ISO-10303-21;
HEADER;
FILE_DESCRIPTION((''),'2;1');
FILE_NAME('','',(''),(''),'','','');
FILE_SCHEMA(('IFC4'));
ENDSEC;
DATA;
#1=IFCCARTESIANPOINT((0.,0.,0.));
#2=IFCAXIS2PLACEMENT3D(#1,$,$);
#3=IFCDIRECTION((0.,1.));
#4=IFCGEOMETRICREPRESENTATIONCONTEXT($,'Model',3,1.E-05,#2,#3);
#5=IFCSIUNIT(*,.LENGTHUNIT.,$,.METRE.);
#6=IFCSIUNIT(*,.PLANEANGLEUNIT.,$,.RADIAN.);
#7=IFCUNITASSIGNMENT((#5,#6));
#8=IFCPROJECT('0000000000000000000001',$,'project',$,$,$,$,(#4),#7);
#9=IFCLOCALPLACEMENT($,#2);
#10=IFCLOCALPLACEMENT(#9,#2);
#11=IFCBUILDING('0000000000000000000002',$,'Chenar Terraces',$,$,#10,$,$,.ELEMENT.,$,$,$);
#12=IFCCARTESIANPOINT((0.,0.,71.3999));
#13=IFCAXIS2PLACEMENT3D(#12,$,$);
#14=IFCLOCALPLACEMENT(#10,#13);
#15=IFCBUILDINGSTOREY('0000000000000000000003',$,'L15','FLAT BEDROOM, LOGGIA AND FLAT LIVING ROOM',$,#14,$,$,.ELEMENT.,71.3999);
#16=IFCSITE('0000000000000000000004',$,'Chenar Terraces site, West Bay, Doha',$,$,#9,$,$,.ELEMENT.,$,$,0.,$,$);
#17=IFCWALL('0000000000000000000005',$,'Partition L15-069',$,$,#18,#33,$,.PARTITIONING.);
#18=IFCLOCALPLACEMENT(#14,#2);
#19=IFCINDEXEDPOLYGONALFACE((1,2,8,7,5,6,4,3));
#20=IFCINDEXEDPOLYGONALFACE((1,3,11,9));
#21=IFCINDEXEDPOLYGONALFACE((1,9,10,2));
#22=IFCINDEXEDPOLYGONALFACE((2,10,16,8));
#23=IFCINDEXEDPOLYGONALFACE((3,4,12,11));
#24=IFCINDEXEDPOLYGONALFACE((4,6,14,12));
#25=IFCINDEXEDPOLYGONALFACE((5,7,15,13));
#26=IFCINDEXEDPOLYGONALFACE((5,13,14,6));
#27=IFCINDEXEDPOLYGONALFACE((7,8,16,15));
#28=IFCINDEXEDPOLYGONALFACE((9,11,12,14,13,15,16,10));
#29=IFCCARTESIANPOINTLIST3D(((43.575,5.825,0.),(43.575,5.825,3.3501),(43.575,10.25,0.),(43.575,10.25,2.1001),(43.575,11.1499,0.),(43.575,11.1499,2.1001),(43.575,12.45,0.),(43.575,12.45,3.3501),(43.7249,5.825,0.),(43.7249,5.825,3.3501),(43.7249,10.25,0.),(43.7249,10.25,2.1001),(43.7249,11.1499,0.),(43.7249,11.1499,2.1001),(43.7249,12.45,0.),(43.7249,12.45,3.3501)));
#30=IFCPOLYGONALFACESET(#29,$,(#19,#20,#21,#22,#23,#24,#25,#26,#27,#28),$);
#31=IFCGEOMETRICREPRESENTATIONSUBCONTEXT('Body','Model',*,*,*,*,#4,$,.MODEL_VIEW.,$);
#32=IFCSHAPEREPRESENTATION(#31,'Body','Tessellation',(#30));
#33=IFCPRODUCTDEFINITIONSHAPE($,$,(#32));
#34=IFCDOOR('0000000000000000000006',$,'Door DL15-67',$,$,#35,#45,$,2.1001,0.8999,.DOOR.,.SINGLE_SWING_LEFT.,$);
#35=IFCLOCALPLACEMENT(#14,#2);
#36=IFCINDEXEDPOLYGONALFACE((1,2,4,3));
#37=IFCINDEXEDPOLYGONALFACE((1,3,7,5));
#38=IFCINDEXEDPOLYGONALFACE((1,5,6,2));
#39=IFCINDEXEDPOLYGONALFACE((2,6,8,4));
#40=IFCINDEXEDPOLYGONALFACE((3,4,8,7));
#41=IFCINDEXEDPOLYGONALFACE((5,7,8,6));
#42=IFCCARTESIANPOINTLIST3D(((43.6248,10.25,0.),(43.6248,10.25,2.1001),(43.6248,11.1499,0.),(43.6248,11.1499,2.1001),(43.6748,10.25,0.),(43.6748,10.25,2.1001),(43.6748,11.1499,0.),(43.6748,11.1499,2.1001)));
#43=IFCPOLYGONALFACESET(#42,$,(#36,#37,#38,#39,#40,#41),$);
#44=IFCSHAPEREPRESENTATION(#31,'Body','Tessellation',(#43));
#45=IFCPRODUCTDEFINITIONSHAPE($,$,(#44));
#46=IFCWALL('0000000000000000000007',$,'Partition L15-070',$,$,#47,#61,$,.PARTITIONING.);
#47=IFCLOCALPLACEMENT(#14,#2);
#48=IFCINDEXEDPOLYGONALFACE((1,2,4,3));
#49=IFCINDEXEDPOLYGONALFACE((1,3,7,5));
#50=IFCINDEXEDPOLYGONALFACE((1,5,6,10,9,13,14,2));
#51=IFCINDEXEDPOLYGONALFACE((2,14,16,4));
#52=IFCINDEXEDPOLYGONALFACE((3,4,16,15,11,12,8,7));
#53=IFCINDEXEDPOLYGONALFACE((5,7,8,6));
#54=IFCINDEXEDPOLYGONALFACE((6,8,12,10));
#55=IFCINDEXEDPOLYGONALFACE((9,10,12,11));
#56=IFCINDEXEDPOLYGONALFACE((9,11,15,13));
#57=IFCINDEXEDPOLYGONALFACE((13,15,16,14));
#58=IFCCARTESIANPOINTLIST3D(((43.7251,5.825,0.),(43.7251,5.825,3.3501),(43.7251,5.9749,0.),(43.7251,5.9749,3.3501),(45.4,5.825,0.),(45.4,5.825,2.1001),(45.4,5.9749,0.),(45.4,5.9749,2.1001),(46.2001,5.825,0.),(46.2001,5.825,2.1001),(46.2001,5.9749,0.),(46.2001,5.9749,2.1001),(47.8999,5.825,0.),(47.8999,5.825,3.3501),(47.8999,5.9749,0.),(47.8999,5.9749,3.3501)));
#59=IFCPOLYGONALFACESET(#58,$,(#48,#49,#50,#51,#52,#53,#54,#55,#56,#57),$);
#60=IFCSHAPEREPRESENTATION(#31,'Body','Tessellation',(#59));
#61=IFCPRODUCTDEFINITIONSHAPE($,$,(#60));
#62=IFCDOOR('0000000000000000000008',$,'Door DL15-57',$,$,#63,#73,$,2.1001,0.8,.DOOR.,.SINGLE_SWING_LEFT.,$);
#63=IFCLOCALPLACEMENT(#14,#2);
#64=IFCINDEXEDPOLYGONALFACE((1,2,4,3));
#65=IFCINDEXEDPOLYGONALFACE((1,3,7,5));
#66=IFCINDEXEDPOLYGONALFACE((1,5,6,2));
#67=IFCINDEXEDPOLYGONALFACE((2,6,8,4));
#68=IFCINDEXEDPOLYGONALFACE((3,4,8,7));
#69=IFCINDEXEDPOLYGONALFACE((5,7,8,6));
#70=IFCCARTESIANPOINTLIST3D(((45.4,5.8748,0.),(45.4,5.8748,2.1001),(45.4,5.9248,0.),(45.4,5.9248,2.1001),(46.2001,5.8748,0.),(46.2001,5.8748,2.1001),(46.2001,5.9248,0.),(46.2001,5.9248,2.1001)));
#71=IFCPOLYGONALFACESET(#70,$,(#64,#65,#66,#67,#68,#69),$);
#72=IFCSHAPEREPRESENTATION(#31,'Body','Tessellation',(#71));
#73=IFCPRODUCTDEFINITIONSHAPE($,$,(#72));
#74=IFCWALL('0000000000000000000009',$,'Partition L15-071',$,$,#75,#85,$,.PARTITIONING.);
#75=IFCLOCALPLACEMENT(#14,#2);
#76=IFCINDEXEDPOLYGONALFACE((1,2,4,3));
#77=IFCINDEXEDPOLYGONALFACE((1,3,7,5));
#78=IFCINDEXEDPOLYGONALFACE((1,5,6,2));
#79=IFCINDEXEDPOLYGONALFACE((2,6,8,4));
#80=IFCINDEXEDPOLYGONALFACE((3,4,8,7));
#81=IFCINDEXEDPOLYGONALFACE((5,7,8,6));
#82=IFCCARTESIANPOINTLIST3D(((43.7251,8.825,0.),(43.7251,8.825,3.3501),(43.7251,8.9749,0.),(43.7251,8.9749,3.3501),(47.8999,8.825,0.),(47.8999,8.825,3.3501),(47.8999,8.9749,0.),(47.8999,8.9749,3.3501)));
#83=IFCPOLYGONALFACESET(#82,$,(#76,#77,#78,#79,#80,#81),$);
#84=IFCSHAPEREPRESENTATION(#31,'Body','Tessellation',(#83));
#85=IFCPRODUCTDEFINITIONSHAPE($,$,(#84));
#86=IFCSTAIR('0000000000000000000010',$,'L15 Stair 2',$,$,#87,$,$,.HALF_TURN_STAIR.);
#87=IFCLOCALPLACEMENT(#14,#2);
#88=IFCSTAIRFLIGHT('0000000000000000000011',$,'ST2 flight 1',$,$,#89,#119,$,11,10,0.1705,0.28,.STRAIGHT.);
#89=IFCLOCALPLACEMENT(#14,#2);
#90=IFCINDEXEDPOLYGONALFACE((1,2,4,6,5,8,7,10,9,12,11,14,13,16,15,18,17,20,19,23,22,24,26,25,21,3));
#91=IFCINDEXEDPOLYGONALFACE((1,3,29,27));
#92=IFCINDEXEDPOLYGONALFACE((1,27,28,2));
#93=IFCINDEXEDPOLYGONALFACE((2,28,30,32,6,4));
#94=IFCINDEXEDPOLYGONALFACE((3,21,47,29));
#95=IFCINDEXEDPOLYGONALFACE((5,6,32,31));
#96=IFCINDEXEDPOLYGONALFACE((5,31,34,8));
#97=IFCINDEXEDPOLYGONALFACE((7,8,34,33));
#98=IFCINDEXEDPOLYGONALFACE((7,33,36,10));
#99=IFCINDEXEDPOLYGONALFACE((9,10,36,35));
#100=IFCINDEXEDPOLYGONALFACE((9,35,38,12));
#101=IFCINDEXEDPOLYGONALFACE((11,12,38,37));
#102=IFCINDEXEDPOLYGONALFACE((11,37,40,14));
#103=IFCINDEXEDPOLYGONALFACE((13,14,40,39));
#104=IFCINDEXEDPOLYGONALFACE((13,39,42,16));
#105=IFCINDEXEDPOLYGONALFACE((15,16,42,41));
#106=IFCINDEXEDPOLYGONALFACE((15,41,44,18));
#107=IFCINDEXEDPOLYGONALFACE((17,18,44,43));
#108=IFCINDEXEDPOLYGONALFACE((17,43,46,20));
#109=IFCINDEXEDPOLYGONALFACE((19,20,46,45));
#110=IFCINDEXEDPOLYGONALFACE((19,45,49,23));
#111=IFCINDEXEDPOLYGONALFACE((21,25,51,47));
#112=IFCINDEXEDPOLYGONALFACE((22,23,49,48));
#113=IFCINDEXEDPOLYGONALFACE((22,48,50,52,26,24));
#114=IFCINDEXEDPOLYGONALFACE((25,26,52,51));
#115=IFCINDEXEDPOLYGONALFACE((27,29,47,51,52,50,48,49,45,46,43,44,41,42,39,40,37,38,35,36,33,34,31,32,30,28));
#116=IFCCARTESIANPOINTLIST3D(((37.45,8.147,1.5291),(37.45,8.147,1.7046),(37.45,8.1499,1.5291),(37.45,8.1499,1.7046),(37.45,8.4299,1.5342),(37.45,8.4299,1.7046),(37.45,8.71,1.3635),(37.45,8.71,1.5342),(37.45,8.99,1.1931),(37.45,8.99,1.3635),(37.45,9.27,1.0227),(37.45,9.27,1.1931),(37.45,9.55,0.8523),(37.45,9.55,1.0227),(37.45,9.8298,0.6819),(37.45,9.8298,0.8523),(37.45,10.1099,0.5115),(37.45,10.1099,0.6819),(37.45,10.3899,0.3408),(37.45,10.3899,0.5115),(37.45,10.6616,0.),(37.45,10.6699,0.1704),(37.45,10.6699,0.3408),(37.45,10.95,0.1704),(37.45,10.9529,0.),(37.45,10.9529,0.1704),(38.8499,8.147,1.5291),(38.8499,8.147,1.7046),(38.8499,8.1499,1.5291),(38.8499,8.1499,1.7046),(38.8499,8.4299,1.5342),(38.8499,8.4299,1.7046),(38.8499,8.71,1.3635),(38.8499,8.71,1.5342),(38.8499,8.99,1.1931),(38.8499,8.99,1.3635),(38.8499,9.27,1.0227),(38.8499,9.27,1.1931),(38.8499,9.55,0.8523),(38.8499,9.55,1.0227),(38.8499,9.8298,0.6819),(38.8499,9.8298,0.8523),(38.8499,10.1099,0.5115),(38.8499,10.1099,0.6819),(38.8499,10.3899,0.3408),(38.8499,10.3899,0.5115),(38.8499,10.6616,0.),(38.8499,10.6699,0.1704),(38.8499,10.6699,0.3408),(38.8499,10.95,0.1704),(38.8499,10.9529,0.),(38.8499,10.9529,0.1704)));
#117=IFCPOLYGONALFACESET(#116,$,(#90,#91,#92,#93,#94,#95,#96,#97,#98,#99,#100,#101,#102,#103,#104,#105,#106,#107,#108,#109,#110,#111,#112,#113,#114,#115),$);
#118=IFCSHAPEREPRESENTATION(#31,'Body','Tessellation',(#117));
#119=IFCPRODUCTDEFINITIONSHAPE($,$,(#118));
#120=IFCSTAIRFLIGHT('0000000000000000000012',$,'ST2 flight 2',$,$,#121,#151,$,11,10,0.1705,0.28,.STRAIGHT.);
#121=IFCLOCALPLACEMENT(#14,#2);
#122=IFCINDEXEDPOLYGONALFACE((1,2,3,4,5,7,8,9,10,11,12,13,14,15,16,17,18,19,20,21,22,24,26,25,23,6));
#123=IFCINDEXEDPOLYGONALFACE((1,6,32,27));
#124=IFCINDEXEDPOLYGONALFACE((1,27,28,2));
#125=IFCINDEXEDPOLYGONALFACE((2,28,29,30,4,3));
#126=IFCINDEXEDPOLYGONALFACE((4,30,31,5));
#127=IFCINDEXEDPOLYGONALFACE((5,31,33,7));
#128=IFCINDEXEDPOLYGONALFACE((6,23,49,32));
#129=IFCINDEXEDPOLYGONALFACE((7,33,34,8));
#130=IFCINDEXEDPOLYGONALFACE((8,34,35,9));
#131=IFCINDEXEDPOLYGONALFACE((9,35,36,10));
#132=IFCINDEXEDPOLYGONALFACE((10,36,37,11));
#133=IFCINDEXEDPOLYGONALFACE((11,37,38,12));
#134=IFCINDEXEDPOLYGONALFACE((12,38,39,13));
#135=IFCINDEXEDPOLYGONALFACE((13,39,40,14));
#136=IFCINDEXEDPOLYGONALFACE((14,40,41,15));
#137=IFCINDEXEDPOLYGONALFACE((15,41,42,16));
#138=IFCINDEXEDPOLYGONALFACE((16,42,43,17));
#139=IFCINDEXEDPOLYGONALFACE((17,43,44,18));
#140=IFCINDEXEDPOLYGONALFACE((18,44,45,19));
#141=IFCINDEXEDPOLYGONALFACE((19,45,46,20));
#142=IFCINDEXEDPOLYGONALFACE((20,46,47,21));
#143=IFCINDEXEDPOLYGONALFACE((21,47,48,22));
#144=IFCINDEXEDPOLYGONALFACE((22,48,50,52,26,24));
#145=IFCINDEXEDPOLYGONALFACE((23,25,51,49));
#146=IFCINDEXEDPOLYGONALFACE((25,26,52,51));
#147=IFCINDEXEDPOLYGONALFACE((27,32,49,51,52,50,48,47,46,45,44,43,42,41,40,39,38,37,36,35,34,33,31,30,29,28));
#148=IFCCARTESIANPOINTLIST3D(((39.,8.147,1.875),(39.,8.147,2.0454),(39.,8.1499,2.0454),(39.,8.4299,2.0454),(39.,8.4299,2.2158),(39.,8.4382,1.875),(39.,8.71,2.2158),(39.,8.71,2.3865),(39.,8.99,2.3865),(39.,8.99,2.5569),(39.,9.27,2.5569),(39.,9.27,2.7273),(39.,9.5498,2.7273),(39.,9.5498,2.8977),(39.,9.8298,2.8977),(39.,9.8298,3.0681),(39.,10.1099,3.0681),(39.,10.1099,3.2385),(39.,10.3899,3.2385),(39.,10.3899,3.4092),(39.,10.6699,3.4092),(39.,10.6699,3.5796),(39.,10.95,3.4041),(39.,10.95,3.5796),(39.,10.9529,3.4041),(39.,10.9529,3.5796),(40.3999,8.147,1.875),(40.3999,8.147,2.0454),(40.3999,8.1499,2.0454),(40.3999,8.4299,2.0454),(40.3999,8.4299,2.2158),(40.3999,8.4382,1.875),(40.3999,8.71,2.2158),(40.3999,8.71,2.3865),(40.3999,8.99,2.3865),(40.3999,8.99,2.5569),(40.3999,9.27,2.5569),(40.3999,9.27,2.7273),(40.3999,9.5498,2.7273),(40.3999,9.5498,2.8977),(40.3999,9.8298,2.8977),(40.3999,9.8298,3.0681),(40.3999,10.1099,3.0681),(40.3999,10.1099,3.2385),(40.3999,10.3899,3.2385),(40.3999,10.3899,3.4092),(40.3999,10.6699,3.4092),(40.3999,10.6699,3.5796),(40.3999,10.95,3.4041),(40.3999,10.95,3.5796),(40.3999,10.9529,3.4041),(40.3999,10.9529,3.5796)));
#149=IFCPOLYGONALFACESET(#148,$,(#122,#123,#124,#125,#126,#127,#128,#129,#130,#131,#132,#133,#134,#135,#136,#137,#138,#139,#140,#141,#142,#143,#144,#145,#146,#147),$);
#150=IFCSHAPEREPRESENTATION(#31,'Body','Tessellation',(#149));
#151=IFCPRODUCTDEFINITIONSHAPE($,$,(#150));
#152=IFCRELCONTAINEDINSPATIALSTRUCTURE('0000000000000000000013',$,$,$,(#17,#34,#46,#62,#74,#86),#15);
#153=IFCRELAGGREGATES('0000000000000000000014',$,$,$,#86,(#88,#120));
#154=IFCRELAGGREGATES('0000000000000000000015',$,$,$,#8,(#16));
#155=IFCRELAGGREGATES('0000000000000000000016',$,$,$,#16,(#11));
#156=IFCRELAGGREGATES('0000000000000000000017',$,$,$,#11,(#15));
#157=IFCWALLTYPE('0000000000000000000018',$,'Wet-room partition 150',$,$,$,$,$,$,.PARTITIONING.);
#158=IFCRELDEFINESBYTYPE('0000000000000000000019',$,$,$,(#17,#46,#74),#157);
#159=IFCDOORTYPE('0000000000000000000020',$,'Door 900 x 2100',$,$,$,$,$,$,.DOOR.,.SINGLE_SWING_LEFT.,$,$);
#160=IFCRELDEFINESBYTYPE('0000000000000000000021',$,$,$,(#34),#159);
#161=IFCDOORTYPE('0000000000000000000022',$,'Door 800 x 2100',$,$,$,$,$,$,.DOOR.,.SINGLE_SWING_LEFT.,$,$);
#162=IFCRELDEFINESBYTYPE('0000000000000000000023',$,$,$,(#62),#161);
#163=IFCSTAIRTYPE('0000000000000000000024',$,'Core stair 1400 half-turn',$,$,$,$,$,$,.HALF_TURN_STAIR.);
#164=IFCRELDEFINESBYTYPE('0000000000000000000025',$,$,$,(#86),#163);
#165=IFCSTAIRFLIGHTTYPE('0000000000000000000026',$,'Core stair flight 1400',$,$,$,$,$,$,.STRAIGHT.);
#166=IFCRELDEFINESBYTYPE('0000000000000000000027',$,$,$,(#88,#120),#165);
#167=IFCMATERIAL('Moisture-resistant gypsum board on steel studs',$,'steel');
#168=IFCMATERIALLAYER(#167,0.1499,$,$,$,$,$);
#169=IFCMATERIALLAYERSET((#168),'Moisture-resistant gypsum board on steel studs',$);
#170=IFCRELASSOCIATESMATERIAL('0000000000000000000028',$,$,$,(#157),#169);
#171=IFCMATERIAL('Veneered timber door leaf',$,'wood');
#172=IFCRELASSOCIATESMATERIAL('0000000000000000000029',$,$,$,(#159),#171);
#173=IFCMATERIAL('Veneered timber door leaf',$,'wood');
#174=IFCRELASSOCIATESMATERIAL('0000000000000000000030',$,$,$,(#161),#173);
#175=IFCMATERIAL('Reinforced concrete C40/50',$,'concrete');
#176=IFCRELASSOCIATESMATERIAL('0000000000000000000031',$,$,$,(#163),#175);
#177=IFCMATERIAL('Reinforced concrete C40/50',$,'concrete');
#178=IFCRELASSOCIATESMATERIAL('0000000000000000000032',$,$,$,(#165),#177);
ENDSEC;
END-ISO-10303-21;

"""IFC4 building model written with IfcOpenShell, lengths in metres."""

from ifc_helpers import new_model, si_unit, direction, frame, frame_2d, origin, place, context, subcontext, project, spatial, polyline, rectangle, outline, extrude, material, layer, layer_set, type_object, element, fill, aggregate, save


model = new_model("IFC4")

# Units and contexts
model_context = context("Model", 3, precision=1e-05, world=origin(), true_north=direction((0.0, 1.0)))
body_context = subcontext(model_context, "Body", "Model", "MODEL_VIEW")
ifc_project = project(units=[si_unit("LENGTHUNIT", "METRE"), si_unit("PLANEANGLEUNIT", "RADIAN")], contexts=[model_context])

# Site, building, storey
site_placement = place(None, origin())
site = spatial("IfcSite", under=ifc_project, at=site_placement, Name="Chenar Terraces site, West Bay, Doha", CompositionType="ELEMENT", RefElevation=0.0)
building_placement = place(site_placement, origin())
building = spatial("IfcBuilding", under=site, at=building_placement, Name="Chenar Terraces", CompositionType="ELEMENT")
storey_placement = place(building_placement, frame((0.0, 0.0, 71.3999)))
storey = spatial("IfcBuildingStorey", under=building, at=storey_placement, Name="L15", Description="FLAT BEDROOM, LOGGIA AND FLAT LIVING ROOM", CompositionType="ELEMENT", Elevation=71.3999)

# Walls, openings, doors
ifc_material_1 = material(Name="Moisture-resistant gypsum board on steel studs", Category="steel")
ifc_layer_1 = layer(ifc_material_1, 0.1499)
ifc_layer_set_1 = layer_set([ifc_layer_1], Name="Moisture-resistant gypsum board on steel studs")
wall_type_1 = type_object("IfcWallType", Name="Wet-room partition 150", PredefinedType="PARTITIONING", material=ifc_layer_set_1)
wall_1_placement = place(storey_placement, frame((43.6499, 5.825, 0.0), z_axis=(0.0, 0.0, 1.0), x_axis=(0.0, 1.0, 0.0)))
wall_1 = element("IfcWall", 1, at=wall_1_placement, inside=storey, type_object=wall_type_1, Name="Partition L15-069", PredefinedType="PARTITIONING", context=body_context, shape_type="SweptSolid", body=[
    extrude(rectangle(XDim=6.625, YDim=0.1499, at=frame_2d((3.3125, 0.0))), origin(), (0.0, 0.0, 1.0), 3.3501),
])
opening_1_placement = place(wall_1_placement, frame((4.425, 0.0, 0.0)))
opening_1 = element("IfcOpeningElement", 2, at=opening_1_placement, cuts=wall_1, PredefinedType="OPENING", context=body_context, shape_type="SweptSolid", body=[
    extrude(rectangle(XDim=0.8999, YDim=2.1001, at=frame_2d((0.45, 1.05))), frame((0.0, 0.085, 0.0), z_axis=(0.0, -1.0, 0.0), x_axis=(1.0, 0.0, 0.0)), (0.0, 0.0, 1.0), 0.1699),
])
ifc_material_2 = material(Name="Veneered timber door leaf", Category="wood")
door_type_1 = type_object("IfcDoorType", Name="Door 900 x 2100", OperationType="SINGLE_SWING_LEFT", PredefinedType="DOOR", material=ifc_material_2)
door_1_placement = place(opening_1_placement, frame((0.8999, 0.0, 0.0), z_axis=(0.0, 0.0, 1.0), x_axis=(-1.0, 0.0, 0.0)))
door_1 = element("IfcDoor", 3, at=door_1_placement, inside=storey, type_object=door_type_1, Name="Door DL15-67", OperationType="SINGLE_SWING_LEFT", OverallHeight=2.1001, OverallWidth=0.8999, PredefinedType="DOOR", context=body_context, shape_type="SweptSolid", body=[
    extrude(rectangle(XDim=0.8999, YDim=2.1001, at=frame_2d((0.45, 1.05))), frame((0.0, 0.0249, 0.0), z_axis=(0.0, -1.0, 0.0), x_axis=(1.0, 0.0, 0.0)), (0.0, 0.0, 1.0), 0.05),
])
fill(opening_1, door_1)
wall_2_placement = place(storey_placement, frame((43.7251, 5.8999, 0.0), z_axis=(0.0, 0.0, 1.0), x_axis=(1.0, 0.0, 0.0)))
wall_2 = element("IfcWall", 4, at=wall_2_placement, inside=storey, type_object=wall_type_1, Name="Partition L15-070", PredefinedType="PARTITIONING", context=body_context, shape_type="SweptSolid", body=[
    extrude(rectangle(XDim=4.1748, YDim=0.1499, at=frame_2d((2.0874, 0.0))), origin(), (0.0, 0.0, 1.0), 3.3501),
])
opening_2_placement = place(wall_2_placement, frame((1.675, 0.0, 0.0)))
opening_2 = element("IfcOpeningElement", 5, at=opening_2_placement, cuts=wall_2, PredefinedType="OPENING", context=body_context, shape_type="SweptSolid", body=[
    extrude(rectangle(XDim=0.8, YDim=2.1001, at=frame_2d((0.3999, 1.05))), frame((0.0, 0.085, 0.0), z_axis=(0.0, -1.0, 0.0), x_axis=(1.0, 0.0, 0.0)), (0.0, 0.0, 1.0), 0.1699),
])
ifc_material_3 = material(Name="Veneered timber door leaf", Category="wood")
door_type_2 = type_object("IfcDoorType", Name="Door 800 x 2100", OperationType="SINGLE_SWING_LEFT", PredefinedType="DOOR", material=ifc_material_3)
door_2_placement = place(opening_2_placement, origin())
door_2 = element("IfcDoor", 6, at=door_2_placement, inside=storey, type_object=door_type_2, Name="Door DL15-57", OperationType="SINGLE_SWING_LEFT", OverallHeight=2.1001, OverallWidth=0.8, PredefinedType="DOOR", context=body_context, shape_type="SweptSolid", body=[
    extrude(rectangle(XDim=0.8, YDim=2.1001, at=frame_2d((0.3999, 1.05))), frame((0.0, 0.0249, 0.0), z_axis=(0.0, -1.0, 0.0), x_axis=(1.0, 0.0, 0.0)), (0.0, 0.0, 1.0), 0.05),
])
fill(opening_2, door_2)

# Wall
wall_3_placement = place(storey_placement, frame((43.7251, 8.8999, 0.0), z_axis=(0.0, 0.0, 1.0), x_axis=(1.0, 0.0, 0.0)))
element("IfcWall", 7, at=wall_3_placement, inside=storey, type_object=wall_type_1, Name="Partition L15-071", PredefinedType="PARTITIONING", context=body_context, shape_type="SweptSolid", body=[
    extrude(rectangle(XDim=4.1748, YDim=0.1499, at=frame_2d((2.0874, 0.0))), origin(), (0.0, 0.0, 1.0), 3.3501),
])

# Stair, stair flights
ifc_material_4 = material(Name="Reinforced concrete C40/50", Category="concrete")
stair_type = type_object("IfcStairType", Name="Core stair 1400 half-turn", PredefinedType="HALF_TURN_STAIR", material=ifc_material_4)
stair_placement = place(storey_placement, origin())
stair = element("IfcStair", 8, at=stair_placement, inside=storey, type_object=stair_type, Name="L15 Stair 2", PredefinedType="HALF_TURN_STAIR")
ifc_material_5 = material(Name="Reinforced concrete C40/50", Category="concrete")
stair_flight_type = type_object("IfcStairFlightType", Name="Core stair flight 1400", PredefinedType="STRAIGHT", material=ifc_material_5)
stair_flight_1_placement = place(storey_placement, frame((38.1499, 10.95, 0.0), z_axis=(0.0, 0.0, 1.0), x_axis=(0.0, -1.0, 0.0)))
stair_flight_1 = element("IfcStairFlight", 9, at=stair_flight_1_placement, type_object=stair_flight_type, Name="ST2 flight 1", NumberOfRisers=11, NumberOfTreads=10, PredefinedType="STRAIGHT", RiserHeight=0.1705, TreadLength=0.28, context=body_context, shape_type="SweptSolid", body=[
    extrude(outline(polyline([(-0.0029, 0.0), (-0.0029, 0.1704), (0.0, 0.1704), (0.28, 0.1704), (0.28, 0.3408), (0.5601, 0.3408), (0.5601, 0.5115), (0.8401, 0.5115), (0.8401, 0.6819), (1.1201, 0.6819), (1.1201, 0.8523), (1.3999, 0.8523), (1.3999, 1.0227), (1.6799, 1.0227), (1.6799, 1.1931), (1.96, 1.1931), (1.96, 1.3635), (2.24, 1.3635), (2.24, 1.5342), (2.52, 1.5342), (2.52, 1.7046), (2.8, 1.7046), (2.803, 1.7046), (2.803, 1.5291), (2.8, 1.5291), (0.2883, 0.0), (-0.0029, 0.0)])), frame((0.0, 0.7, 0.0), z_axis=(0.0, -1.0, 0.0), x_axis=(1.0, 0.0, 0.0)), (0.0, 0.0, 1.0), 1.3999),
])
stair_flight_2_placement = place(storey_placement, frame((39.7, 8.1499, 1.875), z_axis=(0.0, 0.0, 1.0), x_axis=(0.0, 1.0, 0.0)))
stair_flight_2 = element("IfcStairFlight", 10, at=stair_flight_2_placement, type_object=stair_flight_type, Name="ST2 flight 2", NumberOfRisers=11, NumberOfTreads=10, PredefinedType="STRAIGHT", RiserHeight=0.1705, TreadLength=0.28, context=body_context, shape_type="SweptSolid", body=[
    extrude(outline(polyline([(-0.0029, 0.0), (-0.0029, 0.1704), (0.0, 0.1704), (0.28, 0.1704), (0.28, 0.3408), (0.5601, 0.3408), (0.5601, 0.5115), (0.8401, 0.5115), (0.8401, 0.6819), (1.1201, 0.6819), (1.1201, 0.8523), (1.3999, 0.8523), (1.3999, 1.0227), (1.6799, 1.0227), (1.6799, 1.1931), (1.96, 1.1931), (1.96, 1.3635), (2.24, 1.3635), (2.24, 1.5342), (2.52, 1.5342), (2.52, 1.7046), (2.8, 1.7046), (2.803, 1.7046), (2.803, 1.5291), (2.8, 1.5291), (0.2883, 0.0), (-0.0029, 0.0)])), frame((0.0, 0.7, 0.0), z_axis=(0.0, -1.0, 0.0), x_axis=(1.0, 0.0, 0.0)), (0.0, 0.0, 1.0), 1.3999),
])
aggregate(stair, [stair_flight_1, stair_flight_2])

save(model, "model.ifc")
